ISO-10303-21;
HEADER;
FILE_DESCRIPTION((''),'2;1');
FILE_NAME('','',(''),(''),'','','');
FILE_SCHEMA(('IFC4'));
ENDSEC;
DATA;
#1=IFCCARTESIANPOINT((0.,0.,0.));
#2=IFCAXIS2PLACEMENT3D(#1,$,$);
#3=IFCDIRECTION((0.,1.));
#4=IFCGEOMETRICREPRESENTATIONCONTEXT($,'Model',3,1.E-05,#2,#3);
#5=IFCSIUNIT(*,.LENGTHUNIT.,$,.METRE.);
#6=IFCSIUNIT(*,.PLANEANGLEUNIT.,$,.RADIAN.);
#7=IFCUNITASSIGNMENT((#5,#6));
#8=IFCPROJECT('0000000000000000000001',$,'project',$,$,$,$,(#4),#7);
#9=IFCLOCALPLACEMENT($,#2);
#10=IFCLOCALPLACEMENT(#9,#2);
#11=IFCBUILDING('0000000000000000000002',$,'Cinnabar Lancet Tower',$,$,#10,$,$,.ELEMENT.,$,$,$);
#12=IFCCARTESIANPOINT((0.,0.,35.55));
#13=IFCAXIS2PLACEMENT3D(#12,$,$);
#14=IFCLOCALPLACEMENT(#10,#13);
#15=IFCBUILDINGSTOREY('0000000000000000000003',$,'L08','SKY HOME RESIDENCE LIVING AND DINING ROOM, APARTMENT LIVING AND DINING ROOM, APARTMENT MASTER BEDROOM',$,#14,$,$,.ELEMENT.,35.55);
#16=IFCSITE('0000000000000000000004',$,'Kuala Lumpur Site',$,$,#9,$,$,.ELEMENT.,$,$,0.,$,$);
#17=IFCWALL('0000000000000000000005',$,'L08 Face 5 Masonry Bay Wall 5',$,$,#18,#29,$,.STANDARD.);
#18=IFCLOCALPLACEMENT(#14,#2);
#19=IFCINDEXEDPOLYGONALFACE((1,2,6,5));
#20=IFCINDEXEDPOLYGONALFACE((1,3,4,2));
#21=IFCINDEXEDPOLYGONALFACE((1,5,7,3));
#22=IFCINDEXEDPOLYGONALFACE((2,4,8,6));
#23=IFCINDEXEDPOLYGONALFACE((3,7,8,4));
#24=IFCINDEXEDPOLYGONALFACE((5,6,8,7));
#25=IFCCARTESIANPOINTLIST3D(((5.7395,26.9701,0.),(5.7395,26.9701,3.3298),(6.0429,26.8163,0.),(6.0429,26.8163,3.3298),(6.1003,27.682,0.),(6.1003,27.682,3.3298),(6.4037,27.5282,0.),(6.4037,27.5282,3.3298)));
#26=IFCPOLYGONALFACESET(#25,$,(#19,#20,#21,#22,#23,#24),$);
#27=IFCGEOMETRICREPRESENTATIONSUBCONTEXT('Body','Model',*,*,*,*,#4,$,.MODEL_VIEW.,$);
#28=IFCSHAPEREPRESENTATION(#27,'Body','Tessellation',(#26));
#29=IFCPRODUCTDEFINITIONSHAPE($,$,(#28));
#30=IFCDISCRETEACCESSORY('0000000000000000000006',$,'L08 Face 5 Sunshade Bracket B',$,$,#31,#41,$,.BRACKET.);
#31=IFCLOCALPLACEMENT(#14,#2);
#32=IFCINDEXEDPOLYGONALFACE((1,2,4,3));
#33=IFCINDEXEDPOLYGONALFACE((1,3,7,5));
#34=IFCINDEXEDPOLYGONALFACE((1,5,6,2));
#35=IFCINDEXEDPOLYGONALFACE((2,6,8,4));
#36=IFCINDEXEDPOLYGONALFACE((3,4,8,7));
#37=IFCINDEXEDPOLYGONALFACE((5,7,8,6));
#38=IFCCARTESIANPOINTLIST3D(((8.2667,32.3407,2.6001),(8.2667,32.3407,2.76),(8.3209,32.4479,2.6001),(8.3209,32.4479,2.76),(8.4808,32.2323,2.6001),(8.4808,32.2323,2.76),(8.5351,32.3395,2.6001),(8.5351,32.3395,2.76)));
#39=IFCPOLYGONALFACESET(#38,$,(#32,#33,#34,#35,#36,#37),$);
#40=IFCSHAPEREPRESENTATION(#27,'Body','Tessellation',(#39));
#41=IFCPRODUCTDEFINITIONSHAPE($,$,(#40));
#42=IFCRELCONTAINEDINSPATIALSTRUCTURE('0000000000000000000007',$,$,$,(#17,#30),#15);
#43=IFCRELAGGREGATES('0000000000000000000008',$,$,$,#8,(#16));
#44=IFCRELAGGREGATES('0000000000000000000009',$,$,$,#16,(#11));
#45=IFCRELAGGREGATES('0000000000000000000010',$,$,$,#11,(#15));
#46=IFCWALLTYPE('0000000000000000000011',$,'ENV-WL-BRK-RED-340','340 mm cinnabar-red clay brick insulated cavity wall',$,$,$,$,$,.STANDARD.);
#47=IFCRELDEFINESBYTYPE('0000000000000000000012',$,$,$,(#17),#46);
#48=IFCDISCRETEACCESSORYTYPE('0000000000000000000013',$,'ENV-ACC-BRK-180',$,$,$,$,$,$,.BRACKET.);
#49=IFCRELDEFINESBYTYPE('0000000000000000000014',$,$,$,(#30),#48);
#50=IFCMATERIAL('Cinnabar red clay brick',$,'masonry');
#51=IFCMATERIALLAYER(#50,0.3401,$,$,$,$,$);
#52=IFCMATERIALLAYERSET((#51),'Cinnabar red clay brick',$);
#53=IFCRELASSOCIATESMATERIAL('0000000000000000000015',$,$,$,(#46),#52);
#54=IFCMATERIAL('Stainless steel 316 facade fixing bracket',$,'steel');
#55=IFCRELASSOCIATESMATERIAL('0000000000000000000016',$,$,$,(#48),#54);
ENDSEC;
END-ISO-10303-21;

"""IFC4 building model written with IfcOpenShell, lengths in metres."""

from ifc_helpers import new_model, si_unit, direction, frame, frame_2d, origin, origin_2d, place, context, subcontext, project, spatial, rectangle, extrude, material, layer, layer_set, type_object, element, save


model = new_model("IFC4")

# Units and contexts
model_context = context("Model", 3, precision=1e-05, world=origin(), true_north=direction((0.0, 1.0)))
body_context = subcontext(model_context, "Body", "Model", "MODEL_VIEW")
ifc_project = project(units=[si_unit("LENGTHUNIT", "METRE"), si_unit("PLANEANGLEUNIT", "RADIAN")], contexts=[model_context])

# Site, building, storey
site_placement = place(None, origin())
site = spatial("IfcSite", under=ifc_project, at=site_placement, Name="Kuala Lumpur Site", CompositionType="ELEMENT", RefElevation=0.0)
building_placement = place(site_placement, origin())
building = spatial("IfcBuilding", under=site, at=building_placement, Name="Cinnabar Lancet Tower", CompositionType="ELEMENT")
storey_placement = place(building_placement, frame((0.0, 0.0, 35.55)))
storey = spatial("IfcBuildingStorey", under=building, at=storey_placement, Name="L08", Description="SKY HOME RESIDENCE LIVING AND DINING ROOM, APARTMENT LIVING AND DINING ROOM, APARTMENT MASTER BEDROOM", CompositionType="ELEMENT", Elevation=35.55)

# Shared definitions
ifc_material_1 = material(Name="Cinnabar red clay brick", Category="masonry")
ifc_layer_1 = layer(ifc_material_1, 0.3401)
ifc_layer_set_1 = layer_set([ifc_layer_1], Name="Cinnabar red clay brick")
wall_type_1 = type_object("IfcWallType", Name="ENV-WL-BRK-RED-340", Description="340 mm cinnabar-red clay brick insulated cavity wall", PredefinedType="STANDARD", material=ifc_layer_set_1)

# Wall
wall_1_placement = place(storey_placement, frame((6.252, 27.605, 0.0), z_axis=(0.0, 0.0, 1.0), x_axis=(-0.452101, -0.891967, 0.0)))
element("IfcWall", 1, at=wall_1_placement, inside=storey, type_object=wall_type_1, Name="L08 Face 5 Masonry Bay Wall 5", PredefinedType="STANDARD", context=body_context, shape_type="SweptSolid", body=[
    extrude(rectangle(XDim=0.7981, YDim=0.3401, at=frame_2d((0.3989, 0.0))), origin(), (0.0, 0.0, 1.0), 3.3298),
])

# Discrete accessory
ifc_material_2 = material(Name="Stainless steel 316 facade fixing bracket", Category="steel")
discrete_accessory_type = type_object("IfcDiscreteAccessoryType", Name="ENV-ACC-BRK-180", PredefinedType="BRACKET", material=ifc_material_2)
discrete_accessory_placement = place(storey_placement, frame((8.4009, 32.3401, 2.6001), z_axis=(0.0, 0.0, 1.0), x_axis=(-0.451501, -0.892271, 0.0)))
element("IfcDiscreteAccessory", 2, at=discrete_accessory_placement, inside=storey, type_object=discrete_accessory_type, Name="L08 Face 5 Sunshade Bracket B", PredefinedType="BRACKET", context=body_context, shape_type="SweptSolid", body=[
    extrude(rectangle(XDim=0.1201, YDim=0.24, at=origin_2d()), origin(), (0.0, 0.0, 1.0), 0.1599),
])

save(model, "model.ifc")
